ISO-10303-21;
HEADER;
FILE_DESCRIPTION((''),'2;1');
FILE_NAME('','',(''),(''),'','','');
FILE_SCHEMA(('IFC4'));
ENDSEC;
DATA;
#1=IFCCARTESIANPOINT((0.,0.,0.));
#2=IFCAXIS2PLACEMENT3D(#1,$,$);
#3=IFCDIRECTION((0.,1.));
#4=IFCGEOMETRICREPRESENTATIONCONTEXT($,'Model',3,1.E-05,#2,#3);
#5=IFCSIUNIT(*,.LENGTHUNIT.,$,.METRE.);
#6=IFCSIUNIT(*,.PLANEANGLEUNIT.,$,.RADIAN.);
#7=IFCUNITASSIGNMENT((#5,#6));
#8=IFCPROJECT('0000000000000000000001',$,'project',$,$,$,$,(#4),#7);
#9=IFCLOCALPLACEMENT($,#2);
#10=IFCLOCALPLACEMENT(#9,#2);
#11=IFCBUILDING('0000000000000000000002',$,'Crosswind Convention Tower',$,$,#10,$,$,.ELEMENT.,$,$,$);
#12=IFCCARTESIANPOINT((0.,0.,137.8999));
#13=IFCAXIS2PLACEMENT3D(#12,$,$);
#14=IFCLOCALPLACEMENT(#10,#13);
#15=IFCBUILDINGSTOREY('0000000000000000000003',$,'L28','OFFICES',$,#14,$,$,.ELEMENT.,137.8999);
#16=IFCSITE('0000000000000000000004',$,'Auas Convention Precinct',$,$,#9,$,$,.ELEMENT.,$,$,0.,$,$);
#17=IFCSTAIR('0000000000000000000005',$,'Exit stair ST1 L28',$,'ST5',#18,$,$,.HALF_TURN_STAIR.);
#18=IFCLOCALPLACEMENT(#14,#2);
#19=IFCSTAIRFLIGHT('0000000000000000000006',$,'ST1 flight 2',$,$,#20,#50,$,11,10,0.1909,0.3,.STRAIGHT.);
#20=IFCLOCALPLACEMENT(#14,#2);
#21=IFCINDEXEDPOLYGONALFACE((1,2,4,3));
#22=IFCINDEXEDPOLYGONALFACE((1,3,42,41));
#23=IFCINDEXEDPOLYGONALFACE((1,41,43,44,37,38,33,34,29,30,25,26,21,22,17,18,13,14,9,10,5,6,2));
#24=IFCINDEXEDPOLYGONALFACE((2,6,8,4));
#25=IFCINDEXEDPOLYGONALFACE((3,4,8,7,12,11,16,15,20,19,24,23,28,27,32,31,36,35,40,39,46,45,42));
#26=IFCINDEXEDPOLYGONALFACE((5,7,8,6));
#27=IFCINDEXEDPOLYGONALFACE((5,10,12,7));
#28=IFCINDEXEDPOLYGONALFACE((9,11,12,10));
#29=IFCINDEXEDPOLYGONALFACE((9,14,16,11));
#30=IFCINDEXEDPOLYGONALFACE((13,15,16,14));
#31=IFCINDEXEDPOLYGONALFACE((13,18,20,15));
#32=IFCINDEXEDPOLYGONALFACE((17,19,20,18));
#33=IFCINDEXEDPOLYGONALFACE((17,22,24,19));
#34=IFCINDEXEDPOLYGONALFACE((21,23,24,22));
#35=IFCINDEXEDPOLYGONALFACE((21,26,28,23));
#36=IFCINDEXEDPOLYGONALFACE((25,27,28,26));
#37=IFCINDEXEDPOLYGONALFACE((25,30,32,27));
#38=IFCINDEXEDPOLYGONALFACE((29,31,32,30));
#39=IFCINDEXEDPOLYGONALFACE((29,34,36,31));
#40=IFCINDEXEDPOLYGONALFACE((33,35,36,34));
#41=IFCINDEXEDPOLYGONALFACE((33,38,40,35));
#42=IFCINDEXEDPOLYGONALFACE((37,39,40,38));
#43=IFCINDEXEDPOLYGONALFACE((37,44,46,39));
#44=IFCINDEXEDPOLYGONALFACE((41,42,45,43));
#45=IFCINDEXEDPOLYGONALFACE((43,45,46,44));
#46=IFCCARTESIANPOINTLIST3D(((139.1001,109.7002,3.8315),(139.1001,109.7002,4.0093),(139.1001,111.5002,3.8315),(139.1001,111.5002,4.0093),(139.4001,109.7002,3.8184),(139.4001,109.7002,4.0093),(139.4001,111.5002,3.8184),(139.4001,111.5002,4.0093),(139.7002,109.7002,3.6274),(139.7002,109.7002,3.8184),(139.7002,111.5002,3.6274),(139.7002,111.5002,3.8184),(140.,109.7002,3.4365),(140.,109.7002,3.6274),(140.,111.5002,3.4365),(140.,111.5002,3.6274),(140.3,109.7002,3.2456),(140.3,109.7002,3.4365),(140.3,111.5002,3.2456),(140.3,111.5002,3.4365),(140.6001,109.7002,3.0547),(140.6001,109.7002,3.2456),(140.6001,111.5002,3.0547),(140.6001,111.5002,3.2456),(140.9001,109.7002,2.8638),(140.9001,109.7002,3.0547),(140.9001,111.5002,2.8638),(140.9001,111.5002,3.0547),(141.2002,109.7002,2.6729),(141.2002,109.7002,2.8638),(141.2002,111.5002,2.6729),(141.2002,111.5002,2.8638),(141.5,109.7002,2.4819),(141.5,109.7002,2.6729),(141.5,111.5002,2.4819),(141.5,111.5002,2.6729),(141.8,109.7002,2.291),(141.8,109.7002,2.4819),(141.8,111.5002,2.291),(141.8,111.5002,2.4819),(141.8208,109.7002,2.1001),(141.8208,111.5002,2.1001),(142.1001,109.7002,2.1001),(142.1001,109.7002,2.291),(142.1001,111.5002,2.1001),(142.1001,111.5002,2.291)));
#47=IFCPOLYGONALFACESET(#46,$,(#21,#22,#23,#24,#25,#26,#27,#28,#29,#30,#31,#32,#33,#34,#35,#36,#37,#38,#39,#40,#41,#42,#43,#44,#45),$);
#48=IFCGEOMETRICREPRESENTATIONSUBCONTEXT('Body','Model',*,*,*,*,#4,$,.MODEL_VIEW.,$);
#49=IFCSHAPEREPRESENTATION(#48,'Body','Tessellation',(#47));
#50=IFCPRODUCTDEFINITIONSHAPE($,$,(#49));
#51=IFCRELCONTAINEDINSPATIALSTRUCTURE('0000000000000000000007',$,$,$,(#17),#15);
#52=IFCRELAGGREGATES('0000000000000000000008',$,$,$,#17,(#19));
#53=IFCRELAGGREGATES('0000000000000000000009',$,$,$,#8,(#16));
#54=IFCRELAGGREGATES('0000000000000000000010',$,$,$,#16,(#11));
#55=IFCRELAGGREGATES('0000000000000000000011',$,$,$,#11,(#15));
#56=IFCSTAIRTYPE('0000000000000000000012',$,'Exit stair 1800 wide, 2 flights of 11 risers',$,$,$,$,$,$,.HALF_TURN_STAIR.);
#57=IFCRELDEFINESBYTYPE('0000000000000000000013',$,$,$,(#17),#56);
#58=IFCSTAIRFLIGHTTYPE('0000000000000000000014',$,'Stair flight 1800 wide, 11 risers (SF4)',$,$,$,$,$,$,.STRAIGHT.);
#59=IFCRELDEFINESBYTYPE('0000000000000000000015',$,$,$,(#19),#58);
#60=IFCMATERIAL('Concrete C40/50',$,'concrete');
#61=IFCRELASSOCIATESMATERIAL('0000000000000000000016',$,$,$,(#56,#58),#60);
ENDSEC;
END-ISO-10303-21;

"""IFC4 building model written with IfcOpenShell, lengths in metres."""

from ifc_helpers import new_model, si_unit, direction, frame, origin, place, context, subcontext, project, spatial, polyline, outline, extrude, material, type_object, element, aggregate, save


model = new_model("IFC4")

# Units and contexts
model_context = context("Model", 3, precision=1e-05, world=origin(), true_north=direction((0.0, 1.0)))
body_context = subcontext(model_context, "Body", "Model", "MODEL_VIEW")
ifc_project = project(units=[si_unit("LENGTHUNIT", "METRE"), si_unit("PLANEANGLEUNIT", "RADIAN")], contexts=[model_context])

# Site, building, storey
site_placement = place(None, origin())
site = spatial("IfcSite", under=ifc_project, at=site_placement, Name="Auas Convention Precinct", CompositionType="ELEMENT", RefElevation=0.0)
building_placement = place(site_placement, origin())
building = spatial("IfcBuilding", under=site, at=building_placement, Name="Crosswind Convention Tower", CompositionType="ELEMENT")
storey_placement = place(building_placement, frame((0.0, 0.0, 137.8999)))
storey = spatial("IfcBuildingStorey", under=building, at=storey_placement, Name="L28", Description="OFFICES", CompositionType="ELEMENT", Elevation=137.8999)

# Stair, stair flight
ifc_material_1 = material(Name="Concrete C40/50", Category="concrete")
stair_type = type_object("IfcStairType", Name="Exit stair 1800 wide, 2 flights of 11 risers", PredefinedType="HALF_TURN_STAIR", material=ifc_material_1)
stair_placement = place(storey_placement, origin())
stair = element("IfcStair", 1, at=stair_placement, inside=storey, type_object=stair_type, Name="Exit stair ST1 L28", ObjectType="ST5", PredefinedType="HALF_TURN_STAIR")
stair_flight_type = type_object("IfcStairFlightType", Name="Stair flight 1800 wide, 11 risers (SF4)", PredefinedType="STRAIGHT", material=ifc_material_1)
stair_flight_1_placement = place(storey_placement, frame((142.1001, 110.6001, 2.1001), z_axis=(0.0, 0.0, 1.0), x_axis=(-1.0, 0.0, 0.0)))
stair_flight_1 = element("IfcStairFlight", 2, at=stair_flight_1_placement, type_object=stair_flight_type, Name="ST1 flight 2", NumberOfRisers=11, NumberOfTreads=10, PredefinedType="STRAIGHT", RiserHeight=0.1909, TreadLength=0.3, context=body_context, shape_type="SweptSolid", body=[
    extrude(outline(polyline([(0.0, 0.0), (0.0, 0.1909), (0.3, 0.1909), (0.3, 0.3818), (0.6001, 0.3818), (0.6001, 0.5728), (0.8999, 0.5728), (0.8999, 0.7637), (1.2, 0.7637), (1.2, 0.9546), (1.5, 0.9546), (1.5, 1.1455), (1.8, 1.1455), (1.8, 1.3364), (2.1001, 1.3364), (2.1001, 1.5273), (2.3999, 1.5273), (2.3999, 1.7183), (2.7, 1.7183), (2.7, 1.9092), (3.0, 1.9092), (3.0, 2.1001), (3.0, 1.7314), (0.2793, 0.0), (0.0, 0.0)])), frame((0.0, 0.8999, 0.0), z_axis=(0.0, -1.0, 0.0), x_axis=(1.0, 0.0, 0.0)), (0.0, 0.0, 1.0), 1.8),
])
aggregate(stair, [stair_flight_1])

save(model, "model.ifc")
